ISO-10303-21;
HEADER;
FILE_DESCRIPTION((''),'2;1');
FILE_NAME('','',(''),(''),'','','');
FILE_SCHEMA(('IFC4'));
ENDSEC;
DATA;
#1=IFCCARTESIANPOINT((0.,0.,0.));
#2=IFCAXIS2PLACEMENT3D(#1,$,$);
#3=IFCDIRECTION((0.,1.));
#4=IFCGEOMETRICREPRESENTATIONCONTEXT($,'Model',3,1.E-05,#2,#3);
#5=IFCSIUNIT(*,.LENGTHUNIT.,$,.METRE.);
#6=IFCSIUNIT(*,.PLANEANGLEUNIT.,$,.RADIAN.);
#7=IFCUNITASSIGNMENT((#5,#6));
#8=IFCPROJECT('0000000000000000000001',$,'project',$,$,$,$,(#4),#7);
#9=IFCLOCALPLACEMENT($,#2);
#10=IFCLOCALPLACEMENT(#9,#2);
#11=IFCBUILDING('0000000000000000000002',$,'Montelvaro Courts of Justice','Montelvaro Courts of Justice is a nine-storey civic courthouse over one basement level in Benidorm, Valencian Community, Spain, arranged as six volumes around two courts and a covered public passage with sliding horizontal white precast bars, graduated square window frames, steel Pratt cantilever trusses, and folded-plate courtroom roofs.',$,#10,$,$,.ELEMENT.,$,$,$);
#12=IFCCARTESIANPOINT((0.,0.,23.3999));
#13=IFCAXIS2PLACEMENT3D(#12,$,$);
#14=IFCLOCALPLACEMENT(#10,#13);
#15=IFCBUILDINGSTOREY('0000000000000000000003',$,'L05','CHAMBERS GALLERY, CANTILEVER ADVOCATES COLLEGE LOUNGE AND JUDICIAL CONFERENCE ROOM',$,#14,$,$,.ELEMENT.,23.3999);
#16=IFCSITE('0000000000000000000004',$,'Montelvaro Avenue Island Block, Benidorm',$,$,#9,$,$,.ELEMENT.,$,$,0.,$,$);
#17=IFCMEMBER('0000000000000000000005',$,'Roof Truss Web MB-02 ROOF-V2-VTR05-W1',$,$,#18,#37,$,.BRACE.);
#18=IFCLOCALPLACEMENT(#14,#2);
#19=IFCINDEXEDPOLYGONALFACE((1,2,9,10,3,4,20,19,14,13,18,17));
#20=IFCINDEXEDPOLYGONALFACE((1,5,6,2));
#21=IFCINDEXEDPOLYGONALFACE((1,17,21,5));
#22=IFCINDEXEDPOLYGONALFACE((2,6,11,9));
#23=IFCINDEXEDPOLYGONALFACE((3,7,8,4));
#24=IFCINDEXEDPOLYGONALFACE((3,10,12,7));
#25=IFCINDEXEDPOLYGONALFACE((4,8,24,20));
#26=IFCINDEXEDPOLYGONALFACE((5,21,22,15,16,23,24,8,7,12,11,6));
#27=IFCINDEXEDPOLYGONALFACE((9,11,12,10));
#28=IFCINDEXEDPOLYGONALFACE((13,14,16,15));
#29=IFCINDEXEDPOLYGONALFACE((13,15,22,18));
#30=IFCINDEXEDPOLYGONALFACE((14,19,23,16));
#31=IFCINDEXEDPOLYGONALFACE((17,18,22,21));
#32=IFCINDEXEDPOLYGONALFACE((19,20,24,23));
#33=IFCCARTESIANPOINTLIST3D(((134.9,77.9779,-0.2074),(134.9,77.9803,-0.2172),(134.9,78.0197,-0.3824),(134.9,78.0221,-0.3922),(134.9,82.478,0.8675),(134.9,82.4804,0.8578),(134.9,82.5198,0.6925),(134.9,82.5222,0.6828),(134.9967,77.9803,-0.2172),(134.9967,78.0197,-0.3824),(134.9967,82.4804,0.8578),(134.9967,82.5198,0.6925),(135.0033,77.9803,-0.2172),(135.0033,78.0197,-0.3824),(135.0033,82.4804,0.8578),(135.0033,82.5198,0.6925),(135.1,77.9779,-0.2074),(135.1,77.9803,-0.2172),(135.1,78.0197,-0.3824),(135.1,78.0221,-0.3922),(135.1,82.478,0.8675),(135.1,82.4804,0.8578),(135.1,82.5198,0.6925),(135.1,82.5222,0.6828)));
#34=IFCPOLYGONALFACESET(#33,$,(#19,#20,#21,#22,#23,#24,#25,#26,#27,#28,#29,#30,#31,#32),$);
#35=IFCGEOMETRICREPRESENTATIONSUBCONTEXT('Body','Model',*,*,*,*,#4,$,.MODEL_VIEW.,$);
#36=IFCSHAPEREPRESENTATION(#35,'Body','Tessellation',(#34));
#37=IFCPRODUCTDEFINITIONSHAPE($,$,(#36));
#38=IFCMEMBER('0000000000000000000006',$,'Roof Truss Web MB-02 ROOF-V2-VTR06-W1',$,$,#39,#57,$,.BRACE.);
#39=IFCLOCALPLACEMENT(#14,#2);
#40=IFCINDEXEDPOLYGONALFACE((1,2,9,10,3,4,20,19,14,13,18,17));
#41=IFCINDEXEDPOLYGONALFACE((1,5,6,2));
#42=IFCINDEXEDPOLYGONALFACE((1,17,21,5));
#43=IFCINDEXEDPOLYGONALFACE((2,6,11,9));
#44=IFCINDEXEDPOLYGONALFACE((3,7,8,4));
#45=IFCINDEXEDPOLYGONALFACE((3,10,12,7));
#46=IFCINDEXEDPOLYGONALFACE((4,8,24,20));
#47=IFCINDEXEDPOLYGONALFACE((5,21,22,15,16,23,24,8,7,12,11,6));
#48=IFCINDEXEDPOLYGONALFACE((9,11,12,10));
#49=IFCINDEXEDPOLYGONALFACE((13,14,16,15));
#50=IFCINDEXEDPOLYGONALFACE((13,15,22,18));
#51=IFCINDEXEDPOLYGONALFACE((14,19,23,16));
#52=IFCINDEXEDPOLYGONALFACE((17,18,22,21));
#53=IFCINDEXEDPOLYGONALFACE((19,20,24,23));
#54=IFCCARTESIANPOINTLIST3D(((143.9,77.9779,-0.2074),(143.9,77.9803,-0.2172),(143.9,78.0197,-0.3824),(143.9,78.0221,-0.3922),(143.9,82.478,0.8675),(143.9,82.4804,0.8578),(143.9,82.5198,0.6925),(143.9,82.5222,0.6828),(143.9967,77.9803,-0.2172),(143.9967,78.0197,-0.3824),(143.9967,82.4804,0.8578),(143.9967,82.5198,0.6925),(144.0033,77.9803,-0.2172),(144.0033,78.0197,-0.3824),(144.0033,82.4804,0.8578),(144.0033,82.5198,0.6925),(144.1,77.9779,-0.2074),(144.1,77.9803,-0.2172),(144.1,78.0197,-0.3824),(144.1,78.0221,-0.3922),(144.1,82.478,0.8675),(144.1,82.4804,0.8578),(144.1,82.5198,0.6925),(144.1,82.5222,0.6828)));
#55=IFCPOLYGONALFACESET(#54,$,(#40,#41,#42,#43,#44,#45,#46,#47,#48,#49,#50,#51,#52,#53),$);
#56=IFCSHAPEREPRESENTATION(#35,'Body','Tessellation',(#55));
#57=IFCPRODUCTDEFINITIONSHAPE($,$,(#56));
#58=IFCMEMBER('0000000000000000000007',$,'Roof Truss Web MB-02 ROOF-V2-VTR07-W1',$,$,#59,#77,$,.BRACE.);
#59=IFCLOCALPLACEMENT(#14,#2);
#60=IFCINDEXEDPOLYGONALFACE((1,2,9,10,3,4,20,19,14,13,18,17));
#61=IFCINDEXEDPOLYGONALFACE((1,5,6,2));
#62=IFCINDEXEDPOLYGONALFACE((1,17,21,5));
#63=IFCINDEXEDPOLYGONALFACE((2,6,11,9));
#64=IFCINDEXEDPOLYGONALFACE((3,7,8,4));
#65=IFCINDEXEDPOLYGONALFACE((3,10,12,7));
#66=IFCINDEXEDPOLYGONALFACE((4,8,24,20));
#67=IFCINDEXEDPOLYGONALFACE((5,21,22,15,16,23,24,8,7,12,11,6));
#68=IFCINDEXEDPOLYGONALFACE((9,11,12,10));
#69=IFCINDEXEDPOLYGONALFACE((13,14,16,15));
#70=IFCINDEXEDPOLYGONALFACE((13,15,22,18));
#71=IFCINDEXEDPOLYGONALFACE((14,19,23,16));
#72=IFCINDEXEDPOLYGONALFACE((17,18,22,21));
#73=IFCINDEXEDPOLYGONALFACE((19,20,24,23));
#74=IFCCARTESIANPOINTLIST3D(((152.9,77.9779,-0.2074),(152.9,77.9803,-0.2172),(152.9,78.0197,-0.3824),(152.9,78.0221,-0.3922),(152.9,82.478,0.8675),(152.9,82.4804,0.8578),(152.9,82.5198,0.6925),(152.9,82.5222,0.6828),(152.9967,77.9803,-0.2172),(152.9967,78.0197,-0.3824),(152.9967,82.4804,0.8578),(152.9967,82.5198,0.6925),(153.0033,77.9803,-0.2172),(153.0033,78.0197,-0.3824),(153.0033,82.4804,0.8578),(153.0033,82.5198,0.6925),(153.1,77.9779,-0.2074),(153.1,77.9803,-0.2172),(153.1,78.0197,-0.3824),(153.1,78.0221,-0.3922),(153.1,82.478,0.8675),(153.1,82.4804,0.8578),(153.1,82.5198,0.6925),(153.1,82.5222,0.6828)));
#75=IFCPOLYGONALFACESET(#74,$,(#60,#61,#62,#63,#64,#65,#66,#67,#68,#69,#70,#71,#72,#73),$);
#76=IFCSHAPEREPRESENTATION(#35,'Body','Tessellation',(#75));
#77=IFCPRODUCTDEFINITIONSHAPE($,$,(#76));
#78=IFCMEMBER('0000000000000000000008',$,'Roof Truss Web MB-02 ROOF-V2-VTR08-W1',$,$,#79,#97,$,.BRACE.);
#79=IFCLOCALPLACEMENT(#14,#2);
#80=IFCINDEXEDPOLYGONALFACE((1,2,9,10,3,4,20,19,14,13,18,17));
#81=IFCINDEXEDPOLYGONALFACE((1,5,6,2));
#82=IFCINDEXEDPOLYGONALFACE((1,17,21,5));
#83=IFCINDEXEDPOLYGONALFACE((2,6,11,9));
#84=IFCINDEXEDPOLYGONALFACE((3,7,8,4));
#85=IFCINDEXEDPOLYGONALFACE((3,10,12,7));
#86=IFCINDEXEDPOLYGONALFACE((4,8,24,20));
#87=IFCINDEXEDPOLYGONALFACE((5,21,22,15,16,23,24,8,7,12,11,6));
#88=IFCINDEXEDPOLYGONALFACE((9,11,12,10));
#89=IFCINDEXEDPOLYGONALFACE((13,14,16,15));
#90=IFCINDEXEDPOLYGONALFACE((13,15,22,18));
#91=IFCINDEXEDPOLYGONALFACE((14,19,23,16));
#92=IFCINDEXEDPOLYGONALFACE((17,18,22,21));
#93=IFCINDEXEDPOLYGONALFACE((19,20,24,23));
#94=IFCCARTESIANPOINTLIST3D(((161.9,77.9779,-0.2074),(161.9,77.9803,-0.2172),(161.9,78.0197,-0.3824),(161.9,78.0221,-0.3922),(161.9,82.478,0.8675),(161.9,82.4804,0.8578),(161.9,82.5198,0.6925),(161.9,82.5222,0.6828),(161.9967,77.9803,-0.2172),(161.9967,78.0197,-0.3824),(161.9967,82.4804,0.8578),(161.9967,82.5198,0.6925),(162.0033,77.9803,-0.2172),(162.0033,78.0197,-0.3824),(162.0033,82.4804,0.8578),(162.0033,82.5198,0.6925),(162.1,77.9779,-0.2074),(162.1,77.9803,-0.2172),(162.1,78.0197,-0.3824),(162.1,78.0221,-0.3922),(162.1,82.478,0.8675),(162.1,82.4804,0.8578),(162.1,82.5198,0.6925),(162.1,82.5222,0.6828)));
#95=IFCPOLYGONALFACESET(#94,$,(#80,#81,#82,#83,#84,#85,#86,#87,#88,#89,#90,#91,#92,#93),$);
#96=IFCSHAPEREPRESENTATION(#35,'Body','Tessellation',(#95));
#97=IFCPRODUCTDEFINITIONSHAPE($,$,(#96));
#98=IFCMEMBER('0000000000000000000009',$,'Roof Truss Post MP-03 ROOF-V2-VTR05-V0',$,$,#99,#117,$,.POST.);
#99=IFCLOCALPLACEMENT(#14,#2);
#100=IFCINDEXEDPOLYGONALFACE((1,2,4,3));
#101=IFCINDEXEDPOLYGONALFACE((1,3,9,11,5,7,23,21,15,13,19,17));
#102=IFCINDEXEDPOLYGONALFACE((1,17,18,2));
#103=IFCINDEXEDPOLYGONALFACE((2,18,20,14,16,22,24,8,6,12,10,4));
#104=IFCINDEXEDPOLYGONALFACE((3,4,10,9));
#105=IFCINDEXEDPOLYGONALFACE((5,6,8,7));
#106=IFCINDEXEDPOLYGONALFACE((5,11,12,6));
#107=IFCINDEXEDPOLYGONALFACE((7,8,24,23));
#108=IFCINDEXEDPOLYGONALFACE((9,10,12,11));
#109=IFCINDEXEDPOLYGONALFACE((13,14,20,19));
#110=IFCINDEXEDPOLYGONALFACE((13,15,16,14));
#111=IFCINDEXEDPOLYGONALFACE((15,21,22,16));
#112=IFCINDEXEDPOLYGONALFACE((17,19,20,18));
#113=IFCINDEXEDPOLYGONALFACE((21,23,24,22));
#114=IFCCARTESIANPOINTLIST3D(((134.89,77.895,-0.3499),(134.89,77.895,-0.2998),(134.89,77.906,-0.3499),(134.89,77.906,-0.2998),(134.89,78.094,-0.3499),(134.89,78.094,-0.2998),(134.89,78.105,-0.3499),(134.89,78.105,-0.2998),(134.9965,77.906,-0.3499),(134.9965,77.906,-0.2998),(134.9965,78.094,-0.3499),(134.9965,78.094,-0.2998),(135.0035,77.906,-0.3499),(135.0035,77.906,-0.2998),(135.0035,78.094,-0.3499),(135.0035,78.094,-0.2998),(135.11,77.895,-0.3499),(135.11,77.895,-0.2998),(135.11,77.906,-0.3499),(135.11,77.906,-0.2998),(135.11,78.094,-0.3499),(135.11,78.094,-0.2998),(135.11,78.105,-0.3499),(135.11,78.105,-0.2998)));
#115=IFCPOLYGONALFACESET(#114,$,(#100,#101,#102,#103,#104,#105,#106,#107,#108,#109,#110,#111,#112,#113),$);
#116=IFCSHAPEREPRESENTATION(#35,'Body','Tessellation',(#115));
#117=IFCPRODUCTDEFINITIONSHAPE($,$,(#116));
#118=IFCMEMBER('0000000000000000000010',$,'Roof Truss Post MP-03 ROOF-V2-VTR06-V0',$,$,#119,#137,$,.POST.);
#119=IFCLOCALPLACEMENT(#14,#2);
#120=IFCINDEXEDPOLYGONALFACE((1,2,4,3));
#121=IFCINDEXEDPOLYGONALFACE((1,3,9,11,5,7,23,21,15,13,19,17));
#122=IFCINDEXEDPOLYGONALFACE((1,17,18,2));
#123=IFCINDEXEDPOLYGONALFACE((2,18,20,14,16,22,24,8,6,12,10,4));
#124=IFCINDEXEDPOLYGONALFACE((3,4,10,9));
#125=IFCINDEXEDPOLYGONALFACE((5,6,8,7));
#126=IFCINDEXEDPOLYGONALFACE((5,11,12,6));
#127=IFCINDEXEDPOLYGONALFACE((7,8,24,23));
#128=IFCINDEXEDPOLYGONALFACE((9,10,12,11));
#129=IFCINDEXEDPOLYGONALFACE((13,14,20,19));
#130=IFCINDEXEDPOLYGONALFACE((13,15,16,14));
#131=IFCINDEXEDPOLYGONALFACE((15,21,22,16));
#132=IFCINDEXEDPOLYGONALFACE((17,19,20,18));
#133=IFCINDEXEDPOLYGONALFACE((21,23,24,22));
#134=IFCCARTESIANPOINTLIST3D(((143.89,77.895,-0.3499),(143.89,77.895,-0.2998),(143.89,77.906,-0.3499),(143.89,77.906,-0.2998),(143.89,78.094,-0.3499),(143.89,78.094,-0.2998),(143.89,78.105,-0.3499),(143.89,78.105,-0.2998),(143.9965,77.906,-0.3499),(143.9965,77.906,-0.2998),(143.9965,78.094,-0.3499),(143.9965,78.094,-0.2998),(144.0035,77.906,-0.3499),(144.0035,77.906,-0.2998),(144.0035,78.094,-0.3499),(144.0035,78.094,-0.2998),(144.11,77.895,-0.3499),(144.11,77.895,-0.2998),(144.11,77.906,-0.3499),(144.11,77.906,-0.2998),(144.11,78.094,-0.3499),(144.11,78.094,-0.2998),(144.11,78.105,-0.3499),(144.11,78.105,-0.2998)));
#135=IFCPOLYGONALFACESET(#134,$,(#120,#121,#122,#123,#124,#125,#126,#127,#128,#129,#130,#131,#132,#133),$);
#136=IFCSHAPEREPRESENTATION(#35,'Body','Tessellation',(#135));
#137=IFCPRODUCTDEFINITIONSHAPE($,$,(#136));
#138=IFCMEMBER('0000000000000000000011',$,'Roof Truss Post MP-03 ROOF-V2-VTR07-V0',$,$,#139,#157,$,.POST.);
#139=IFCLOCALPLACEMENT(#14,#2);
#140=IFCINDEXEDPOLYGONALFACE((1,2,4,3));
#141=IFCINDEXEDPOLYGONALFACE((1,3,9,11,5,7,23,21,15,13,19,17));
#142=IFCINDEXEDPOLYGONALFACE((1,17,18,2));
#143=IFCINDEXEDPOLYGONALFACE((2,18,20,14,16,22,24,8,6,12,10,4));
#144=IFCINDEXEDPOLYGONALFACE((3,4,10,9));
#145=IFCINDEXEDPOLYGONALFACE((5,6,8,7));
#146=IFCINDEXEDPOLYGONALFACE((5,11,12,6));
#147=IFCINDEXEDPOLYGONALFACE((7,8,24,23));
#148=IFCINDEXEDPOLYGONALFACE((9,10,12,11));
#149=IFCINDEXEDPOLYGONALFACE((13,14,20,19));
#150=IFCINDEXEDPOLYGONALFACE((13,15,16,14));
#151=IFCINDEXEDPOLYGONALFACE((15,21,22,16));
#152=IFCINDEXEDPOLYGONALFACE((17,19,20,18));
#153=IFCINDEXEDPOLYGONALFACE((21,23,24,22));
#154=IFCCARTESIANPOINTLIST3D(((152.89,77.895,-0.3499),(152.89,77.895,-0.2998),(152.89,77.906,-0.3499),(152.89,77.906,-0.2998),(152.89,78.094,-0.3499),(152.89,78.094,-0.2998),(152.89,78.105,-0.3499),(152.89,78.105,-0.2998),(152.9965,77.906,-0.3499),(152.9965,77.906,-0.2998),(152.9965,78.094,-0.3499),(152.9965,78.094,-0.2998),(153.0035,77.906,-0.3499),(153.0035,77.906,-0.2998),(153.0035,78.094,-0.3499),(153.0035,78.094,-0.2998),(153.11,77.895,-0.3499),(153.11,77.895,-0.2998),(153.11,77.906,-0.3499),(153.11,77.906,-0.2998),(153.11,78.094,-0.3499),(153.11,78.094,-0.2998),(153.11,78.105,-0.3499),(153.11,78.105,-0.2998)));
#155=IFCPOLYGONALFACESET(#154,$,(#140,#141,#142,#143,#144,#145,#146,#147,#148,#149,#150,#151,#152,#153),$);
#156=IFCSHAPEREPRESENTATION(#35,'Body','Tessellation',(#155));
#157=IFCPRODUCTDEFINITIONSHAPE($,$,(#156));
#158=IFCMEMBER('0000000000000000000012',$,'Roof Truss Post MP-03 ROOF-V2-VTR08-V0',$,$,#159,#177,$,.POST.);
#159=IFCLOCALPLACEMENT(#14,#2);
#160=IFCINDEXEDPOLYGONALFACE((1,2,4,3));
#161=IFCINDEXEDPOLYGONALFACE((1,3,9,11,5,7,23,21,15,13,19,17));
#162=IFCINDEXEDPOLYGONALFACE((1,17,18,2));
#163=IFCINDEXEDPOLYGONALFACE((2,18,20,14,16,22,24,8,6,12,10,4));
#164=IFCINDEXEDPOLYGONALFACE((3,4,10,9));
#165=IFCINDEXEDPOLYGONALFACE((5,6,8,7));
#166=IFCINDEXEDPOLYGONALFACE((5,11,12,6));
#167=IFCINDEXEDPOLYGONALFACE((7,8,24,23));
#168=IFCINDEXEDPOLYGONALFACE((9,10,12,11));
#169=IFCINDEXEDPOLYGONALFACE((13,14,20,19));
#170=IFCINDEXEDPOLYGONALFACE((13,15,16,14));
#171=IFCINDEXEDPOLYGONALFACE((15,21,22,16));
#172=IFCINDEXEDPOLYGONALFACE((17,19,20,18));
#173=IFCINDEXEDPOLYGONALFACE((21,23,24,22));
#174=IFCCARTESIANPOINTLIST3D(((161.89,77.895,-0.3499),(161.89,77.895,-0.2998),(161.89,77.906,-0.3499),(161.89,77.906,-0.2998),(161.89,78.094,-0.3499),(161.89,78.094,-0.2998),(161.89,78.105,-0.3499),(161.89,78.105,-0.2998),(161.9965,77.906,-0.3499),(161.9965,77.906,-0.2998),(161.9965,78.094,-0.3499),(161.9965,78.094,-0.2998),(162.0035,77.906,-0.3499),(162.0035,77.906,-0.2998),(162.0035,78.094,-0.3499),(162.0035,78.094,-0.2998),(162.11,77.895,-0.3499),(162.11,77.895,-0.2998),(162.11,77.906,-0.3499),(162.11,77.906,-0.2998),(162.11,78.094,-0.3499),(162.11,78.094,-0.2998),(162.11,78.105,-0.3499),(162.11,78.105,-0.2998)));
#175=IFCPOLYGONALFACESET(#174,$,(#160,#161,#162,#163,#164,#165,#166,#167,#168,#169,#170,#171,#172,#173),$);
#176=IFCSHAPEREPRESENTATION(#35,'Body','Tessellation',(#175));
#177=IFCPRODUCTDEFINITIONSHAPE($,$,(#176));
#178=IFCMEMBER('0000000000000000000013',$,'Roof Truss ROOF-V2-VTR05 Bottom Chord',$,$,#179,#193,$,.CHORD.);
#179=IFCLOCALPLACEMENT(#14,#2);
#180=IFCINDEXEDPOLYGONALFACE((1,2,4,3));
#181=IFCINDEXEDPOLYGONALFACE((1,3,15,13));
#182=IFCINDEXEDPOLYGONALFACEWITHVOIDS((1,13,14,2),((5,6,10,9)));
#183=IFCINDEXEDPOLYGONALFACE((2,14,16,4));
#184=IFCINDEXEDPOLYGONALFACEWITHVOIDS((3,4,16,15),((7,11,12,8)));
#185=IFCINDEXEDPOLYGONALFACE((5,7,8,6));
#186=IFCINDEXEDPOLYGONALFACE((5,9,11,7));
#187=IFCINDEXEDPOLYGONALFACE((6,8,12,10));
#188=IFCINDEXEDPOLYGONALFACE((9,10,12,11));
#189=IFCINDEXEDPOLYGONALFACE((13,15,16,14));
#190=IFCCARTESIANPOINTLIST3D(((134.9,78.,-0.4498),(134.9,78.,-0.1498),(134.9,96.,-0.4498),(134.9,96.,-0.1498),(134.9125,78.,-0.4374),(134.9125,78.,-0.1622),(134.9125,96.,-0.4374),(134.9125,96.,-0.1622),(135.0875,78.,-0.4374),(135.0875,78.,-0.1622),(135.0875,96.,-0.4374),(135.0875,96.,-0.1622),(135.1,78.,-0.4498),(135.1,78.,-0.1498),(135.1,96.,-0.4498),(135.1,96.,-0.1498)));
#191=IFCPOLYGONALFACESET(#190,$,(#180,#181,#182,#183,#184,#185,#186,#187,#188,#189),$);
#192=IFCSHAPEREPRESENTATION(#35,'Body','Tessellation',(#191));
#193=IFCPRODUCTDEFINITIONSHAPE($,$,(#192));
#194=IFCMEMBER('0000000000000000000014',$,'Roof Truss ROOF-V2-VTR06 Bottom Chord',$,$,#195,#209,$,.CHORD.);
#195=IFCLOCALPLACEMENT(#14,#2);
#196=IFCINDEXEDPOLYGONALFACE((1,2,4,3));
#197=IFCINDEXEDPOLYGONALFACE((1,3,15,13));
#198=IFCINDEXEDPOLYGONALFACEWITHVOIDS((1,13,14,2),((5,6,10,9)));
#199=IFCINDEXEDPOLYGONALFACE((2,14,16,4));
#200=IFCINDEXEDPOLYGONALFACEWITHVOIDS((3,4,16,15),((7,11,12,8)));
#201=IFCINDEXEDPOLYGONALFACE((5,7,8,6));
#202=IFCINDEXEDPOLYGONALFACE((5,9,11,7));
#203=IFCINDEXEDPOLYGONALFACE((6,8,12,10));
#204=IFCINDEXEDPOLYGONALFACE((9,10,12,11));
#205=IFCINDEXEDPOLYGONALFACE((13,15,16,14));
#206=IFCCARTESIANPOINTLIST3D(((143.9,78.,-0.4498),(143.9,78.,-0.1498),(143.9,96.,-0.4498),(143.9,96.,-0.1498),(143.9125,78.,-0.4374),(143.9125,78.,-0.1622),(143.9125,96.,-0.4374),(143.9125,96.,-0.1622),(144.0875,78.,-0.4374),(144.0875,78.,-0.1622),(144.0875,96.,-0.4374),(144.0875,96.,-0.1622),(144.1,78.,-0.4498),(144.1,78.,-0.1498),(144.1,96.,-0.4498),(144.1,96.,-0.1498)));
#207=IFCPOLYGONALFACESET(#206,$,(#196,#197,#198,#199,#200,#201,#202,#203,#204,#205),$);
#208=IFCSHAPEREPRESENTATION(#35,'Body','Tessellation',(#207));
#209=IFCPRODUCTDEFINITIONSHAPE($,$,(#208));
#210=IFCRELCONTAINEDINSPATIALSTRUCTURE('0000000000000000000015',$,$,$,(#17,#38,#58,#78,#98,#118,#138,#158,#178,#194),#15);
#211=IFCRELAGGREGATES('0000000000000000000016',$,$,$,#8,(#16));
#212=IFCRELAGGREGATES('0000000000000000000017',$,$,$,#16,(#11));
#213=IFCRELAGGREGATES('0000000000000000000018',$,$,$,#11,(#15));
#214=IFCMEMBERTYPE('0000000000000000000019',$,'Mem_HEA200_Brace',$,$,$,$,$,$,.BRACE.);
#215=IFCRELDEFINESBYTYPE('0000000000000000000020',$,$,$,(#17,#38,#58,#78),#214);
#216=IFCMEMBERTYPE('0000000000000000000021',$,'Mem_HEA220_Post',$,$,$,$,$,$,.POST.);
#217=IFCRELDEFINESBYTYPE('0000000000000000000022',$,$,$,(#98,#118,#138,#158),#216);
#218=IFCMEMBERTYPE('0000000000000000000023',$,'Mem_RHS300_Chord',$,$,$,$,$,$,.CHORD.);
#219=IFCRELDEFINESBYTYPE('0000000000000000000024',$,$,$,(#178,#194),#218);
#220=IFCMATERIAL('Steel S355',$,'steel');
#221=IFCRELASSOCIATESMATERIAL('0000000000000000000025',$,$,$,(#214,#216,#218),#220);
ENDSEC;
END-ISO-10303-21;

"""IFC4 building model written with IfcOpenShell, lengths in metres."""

from ifc_helpers import new_model, si_unit, direction, frame, origin, origin_2d, place, context, subcontext, project, spatial, hollow_rectangle, i_section, extrude, material, material_profile, profile_set, type_object, element, save


model = new_model("IFC4")

# Units and contexts
model_context = context("Model", 3, precision=1e-05, world=origin(), true_north=direction((0.0, 1.0)))
body_context = subcontext(model_context, "Body", "Model", "MODEL_VIEW")
ifc_project = project(units=[si_unit("LENGTHUNIT", "METRE"), si_unit("PLANEANGLEUNIT", "RADIAN")], contexts=[model_context])

# Site, building, storey
site_placement = place(None, origin())
site = spatial("IfcSite", under=ifc_project, at=site_placement, Name="Montelvaro Avenue Island Block, Benidorm", CompositionType="ELEMENT", RefElevation=0.0)
building_placement = place(site_placement, origin())
building = spatial("IfcBuilding", under=site, at=building_placement, Name="Montelvaro Courts of Justice", Description="Montelvaro Courts of Justice is a nine-storey civic courthouse over one basement level in Benidorm, Valencian Community, Spain, arranged as six volumes around two courts and a covered public passage with sliding horizontal white precast bars, graduated square window frames, steel Pratt cantilever trusses, and folded-plate courtroom roofs.", CompositionType="ELEMENT")
storey_placement = place(building_placement, frame((0.0, 0.0, 23.3999)))
storey = spatial("IfcBuildingStorey", under=building, at=storey_placement, Name="L05", Description="CHAMBERS GALLERY, CANTILEVER ADVOCATES COLLEGE LOUNGE AND JUDICIAL CONFERENCE ROOM", CompositionType="ELEMENT", Elevation=23.3999)

# Members
ifc_material_1 = material(Name="Steel S355", Category="steel")
ifc_material_profile_1 = material_profile(ifc_material_1, i_section(OverallWidth=0.2, OverallDepth=0.1899, WebThickness=0.0066, FlangeThickness=0.01, at=origin_2d()), Name="HEA 200")
ifc_profile_set_1 = profile_set([ifc_material_profile_1], Name="Steel S355")
member_type_1 = type_object("IfcMemberType", Name="Mem_HEA200_Brace", PredefinedType="BRACE", material=ifc_profile_set_1)
for number, where, z_axis, x_axis, name in (
    (1, (135.0, 78.0, -0.2998), (0.0, 0.972634, 0.232341), (-1.0, 0.0, 0.0), "Roof Truss Web MB-02 ROOF-V2-VTR05-W1"),
    (2, (144.0, 78.0, -0.2998), (0.0, 0.972634, 0.232341), (-1.0, 0.0, 0.0), "Roof Truss Web MB-02 ROOF-V2-VTR06-W1"),
    (3, (153.0, 78.0, -0.2998), (0.0, 0.972634, 0.232341), (-1.0, 0.0, 0.0), "Roof Truss Web MB-02 ROOF-V2-VTR07-W1"),
    (4, (162.0, 78.0, -0.2998), (0.0, 0.972634, 0.232341), (-1.0, 0.0, 0.0), "Roof Truss Web MB-02 ROOF-V2-VTR08-W1"),
):
    element("IfcMember", number, at=place(storey_placement, frame(where, z_axis=z_axis, x_axis=x_axis)), inside=storey, type_object=member_type_1, Name=name, PredefinedType="BRACE", context=body_context, shape_type="SweptSolid", body=[
        extrude(i_section(OverallWidth=0.2, OverallDepth=0.1899, WebThickness=0.0066, FlangeThickness=0.01, at=origin_2d()), origin(), (0.0, 0.0, 1.0), 4.6267),
    ])
ifc_material_profile_2 = material_profile(ifc_material_1, i_section(OverallWidth=0.22, OverallDepth=0.21, WebThickness=0.0071, FlangeThickness=0.011, at=origin_2d()), Name="HEA 220")
ifc_profile_set_2 = profile_set([ifc_material_profile_2], Name="Steel S355")
member_type_2 = type_object("IfcMemberType", Name="Mem_HEA220_Post", PredefinedType="POST", material=ifc_profile_set_2)
for number, where, z_axis, x_axis, name in (
    (5, (135.0, 78.0, -0.2998), (0.0, 0.0, -1.0), (1.0, 0.0, 0.0), "Roof Truss Post MP-03 ROOF-V2-VTR05-V0"),
    (6, (144.0, 78.0, -0.2998), (0.0, 0.0, -1.0), (1.0, 0.0, 0.0), "Roof Truss Post MP-03 ROOF-V2-VTR06-V0"),
    (7, (153.0, 78.0, -0.2998), (0.0, 0.0, -1.0), (1.0, 0.0, 0.0), "Roof Truss Post MP-03 ROOF-V2-VTR07-V0"),
    (8, (162.0, 78.0, -0.2998), (0.0, 0.0, -1.0), (1.0, 0.0, 0.0), "Roof Truss Post MP-03 ROOF-V2-VTR08-V0"),
):
    element("IfcMember", number, at=place(storey_placement, frame(where, z_axis=z_axis, x_axis=x_axis)), inside=storey, type_object=member_type_2, Name=name, PredefinedType="POST", context=body_context, shape_type="SweptSolid", body=[
        extrude(i_section(OverallWidth=0.22, OverallDepth=0.21, WebThickness=0.0071, FlangeThickness=0.011, at=origin_2d()), origin(), (0.0, 0.0, 1.0), 0.05),
    ])
ifc_material_profile_3 = material_profile(ifc_material_1, hollow_rectangle(XDim=0.2, YDim=0.3, WallThickness=0.0125, at=origin_2d()), Name="RHS 300x200x12.5")
ifc_profile_set_3 = profile_set([ifc_material_profile_3], Name="Steel S355")
member_type_3 = type_object("IfcMemberType", Name="Mem_RHS300_Chord", PredefinedType="CHORD", material=ifc_profile_set_3)
for number, where, z_axis, x_axis, name in (
    (9, (135.0, 78.0, -0.2998), (0.0, 1.0, 0.0), (-1.0, 0.0, 0.0), "Roof Truss ROOF-V2-VTR05 Bottom Chord"),
    (10, (144.0, 78.0, -0.2998), (0.0, 1.0, 0.0), (-1.0, 0.0, 0.0), "Roof Truss ROOF-V2-VTR06 Bottom Chord"),
):
    element("IfcMember", number, at=place(storey_placement, frame(where, z_axis=z_axis, x_axis=x_axis)), inside=storey, type_object=member_type_3, Name=name, PredefinedType="CHORD", context=body_context, shape_type="SweptSolid", body=[
        extrude(hollow_rectangle(XDim=0.2, YDim=0.3, WallThickness=0.0125, at=origin_2d()), origin(), (0.0, 0.0, 1.0), 18.0),
    ])

save(model, "model.ifc")
